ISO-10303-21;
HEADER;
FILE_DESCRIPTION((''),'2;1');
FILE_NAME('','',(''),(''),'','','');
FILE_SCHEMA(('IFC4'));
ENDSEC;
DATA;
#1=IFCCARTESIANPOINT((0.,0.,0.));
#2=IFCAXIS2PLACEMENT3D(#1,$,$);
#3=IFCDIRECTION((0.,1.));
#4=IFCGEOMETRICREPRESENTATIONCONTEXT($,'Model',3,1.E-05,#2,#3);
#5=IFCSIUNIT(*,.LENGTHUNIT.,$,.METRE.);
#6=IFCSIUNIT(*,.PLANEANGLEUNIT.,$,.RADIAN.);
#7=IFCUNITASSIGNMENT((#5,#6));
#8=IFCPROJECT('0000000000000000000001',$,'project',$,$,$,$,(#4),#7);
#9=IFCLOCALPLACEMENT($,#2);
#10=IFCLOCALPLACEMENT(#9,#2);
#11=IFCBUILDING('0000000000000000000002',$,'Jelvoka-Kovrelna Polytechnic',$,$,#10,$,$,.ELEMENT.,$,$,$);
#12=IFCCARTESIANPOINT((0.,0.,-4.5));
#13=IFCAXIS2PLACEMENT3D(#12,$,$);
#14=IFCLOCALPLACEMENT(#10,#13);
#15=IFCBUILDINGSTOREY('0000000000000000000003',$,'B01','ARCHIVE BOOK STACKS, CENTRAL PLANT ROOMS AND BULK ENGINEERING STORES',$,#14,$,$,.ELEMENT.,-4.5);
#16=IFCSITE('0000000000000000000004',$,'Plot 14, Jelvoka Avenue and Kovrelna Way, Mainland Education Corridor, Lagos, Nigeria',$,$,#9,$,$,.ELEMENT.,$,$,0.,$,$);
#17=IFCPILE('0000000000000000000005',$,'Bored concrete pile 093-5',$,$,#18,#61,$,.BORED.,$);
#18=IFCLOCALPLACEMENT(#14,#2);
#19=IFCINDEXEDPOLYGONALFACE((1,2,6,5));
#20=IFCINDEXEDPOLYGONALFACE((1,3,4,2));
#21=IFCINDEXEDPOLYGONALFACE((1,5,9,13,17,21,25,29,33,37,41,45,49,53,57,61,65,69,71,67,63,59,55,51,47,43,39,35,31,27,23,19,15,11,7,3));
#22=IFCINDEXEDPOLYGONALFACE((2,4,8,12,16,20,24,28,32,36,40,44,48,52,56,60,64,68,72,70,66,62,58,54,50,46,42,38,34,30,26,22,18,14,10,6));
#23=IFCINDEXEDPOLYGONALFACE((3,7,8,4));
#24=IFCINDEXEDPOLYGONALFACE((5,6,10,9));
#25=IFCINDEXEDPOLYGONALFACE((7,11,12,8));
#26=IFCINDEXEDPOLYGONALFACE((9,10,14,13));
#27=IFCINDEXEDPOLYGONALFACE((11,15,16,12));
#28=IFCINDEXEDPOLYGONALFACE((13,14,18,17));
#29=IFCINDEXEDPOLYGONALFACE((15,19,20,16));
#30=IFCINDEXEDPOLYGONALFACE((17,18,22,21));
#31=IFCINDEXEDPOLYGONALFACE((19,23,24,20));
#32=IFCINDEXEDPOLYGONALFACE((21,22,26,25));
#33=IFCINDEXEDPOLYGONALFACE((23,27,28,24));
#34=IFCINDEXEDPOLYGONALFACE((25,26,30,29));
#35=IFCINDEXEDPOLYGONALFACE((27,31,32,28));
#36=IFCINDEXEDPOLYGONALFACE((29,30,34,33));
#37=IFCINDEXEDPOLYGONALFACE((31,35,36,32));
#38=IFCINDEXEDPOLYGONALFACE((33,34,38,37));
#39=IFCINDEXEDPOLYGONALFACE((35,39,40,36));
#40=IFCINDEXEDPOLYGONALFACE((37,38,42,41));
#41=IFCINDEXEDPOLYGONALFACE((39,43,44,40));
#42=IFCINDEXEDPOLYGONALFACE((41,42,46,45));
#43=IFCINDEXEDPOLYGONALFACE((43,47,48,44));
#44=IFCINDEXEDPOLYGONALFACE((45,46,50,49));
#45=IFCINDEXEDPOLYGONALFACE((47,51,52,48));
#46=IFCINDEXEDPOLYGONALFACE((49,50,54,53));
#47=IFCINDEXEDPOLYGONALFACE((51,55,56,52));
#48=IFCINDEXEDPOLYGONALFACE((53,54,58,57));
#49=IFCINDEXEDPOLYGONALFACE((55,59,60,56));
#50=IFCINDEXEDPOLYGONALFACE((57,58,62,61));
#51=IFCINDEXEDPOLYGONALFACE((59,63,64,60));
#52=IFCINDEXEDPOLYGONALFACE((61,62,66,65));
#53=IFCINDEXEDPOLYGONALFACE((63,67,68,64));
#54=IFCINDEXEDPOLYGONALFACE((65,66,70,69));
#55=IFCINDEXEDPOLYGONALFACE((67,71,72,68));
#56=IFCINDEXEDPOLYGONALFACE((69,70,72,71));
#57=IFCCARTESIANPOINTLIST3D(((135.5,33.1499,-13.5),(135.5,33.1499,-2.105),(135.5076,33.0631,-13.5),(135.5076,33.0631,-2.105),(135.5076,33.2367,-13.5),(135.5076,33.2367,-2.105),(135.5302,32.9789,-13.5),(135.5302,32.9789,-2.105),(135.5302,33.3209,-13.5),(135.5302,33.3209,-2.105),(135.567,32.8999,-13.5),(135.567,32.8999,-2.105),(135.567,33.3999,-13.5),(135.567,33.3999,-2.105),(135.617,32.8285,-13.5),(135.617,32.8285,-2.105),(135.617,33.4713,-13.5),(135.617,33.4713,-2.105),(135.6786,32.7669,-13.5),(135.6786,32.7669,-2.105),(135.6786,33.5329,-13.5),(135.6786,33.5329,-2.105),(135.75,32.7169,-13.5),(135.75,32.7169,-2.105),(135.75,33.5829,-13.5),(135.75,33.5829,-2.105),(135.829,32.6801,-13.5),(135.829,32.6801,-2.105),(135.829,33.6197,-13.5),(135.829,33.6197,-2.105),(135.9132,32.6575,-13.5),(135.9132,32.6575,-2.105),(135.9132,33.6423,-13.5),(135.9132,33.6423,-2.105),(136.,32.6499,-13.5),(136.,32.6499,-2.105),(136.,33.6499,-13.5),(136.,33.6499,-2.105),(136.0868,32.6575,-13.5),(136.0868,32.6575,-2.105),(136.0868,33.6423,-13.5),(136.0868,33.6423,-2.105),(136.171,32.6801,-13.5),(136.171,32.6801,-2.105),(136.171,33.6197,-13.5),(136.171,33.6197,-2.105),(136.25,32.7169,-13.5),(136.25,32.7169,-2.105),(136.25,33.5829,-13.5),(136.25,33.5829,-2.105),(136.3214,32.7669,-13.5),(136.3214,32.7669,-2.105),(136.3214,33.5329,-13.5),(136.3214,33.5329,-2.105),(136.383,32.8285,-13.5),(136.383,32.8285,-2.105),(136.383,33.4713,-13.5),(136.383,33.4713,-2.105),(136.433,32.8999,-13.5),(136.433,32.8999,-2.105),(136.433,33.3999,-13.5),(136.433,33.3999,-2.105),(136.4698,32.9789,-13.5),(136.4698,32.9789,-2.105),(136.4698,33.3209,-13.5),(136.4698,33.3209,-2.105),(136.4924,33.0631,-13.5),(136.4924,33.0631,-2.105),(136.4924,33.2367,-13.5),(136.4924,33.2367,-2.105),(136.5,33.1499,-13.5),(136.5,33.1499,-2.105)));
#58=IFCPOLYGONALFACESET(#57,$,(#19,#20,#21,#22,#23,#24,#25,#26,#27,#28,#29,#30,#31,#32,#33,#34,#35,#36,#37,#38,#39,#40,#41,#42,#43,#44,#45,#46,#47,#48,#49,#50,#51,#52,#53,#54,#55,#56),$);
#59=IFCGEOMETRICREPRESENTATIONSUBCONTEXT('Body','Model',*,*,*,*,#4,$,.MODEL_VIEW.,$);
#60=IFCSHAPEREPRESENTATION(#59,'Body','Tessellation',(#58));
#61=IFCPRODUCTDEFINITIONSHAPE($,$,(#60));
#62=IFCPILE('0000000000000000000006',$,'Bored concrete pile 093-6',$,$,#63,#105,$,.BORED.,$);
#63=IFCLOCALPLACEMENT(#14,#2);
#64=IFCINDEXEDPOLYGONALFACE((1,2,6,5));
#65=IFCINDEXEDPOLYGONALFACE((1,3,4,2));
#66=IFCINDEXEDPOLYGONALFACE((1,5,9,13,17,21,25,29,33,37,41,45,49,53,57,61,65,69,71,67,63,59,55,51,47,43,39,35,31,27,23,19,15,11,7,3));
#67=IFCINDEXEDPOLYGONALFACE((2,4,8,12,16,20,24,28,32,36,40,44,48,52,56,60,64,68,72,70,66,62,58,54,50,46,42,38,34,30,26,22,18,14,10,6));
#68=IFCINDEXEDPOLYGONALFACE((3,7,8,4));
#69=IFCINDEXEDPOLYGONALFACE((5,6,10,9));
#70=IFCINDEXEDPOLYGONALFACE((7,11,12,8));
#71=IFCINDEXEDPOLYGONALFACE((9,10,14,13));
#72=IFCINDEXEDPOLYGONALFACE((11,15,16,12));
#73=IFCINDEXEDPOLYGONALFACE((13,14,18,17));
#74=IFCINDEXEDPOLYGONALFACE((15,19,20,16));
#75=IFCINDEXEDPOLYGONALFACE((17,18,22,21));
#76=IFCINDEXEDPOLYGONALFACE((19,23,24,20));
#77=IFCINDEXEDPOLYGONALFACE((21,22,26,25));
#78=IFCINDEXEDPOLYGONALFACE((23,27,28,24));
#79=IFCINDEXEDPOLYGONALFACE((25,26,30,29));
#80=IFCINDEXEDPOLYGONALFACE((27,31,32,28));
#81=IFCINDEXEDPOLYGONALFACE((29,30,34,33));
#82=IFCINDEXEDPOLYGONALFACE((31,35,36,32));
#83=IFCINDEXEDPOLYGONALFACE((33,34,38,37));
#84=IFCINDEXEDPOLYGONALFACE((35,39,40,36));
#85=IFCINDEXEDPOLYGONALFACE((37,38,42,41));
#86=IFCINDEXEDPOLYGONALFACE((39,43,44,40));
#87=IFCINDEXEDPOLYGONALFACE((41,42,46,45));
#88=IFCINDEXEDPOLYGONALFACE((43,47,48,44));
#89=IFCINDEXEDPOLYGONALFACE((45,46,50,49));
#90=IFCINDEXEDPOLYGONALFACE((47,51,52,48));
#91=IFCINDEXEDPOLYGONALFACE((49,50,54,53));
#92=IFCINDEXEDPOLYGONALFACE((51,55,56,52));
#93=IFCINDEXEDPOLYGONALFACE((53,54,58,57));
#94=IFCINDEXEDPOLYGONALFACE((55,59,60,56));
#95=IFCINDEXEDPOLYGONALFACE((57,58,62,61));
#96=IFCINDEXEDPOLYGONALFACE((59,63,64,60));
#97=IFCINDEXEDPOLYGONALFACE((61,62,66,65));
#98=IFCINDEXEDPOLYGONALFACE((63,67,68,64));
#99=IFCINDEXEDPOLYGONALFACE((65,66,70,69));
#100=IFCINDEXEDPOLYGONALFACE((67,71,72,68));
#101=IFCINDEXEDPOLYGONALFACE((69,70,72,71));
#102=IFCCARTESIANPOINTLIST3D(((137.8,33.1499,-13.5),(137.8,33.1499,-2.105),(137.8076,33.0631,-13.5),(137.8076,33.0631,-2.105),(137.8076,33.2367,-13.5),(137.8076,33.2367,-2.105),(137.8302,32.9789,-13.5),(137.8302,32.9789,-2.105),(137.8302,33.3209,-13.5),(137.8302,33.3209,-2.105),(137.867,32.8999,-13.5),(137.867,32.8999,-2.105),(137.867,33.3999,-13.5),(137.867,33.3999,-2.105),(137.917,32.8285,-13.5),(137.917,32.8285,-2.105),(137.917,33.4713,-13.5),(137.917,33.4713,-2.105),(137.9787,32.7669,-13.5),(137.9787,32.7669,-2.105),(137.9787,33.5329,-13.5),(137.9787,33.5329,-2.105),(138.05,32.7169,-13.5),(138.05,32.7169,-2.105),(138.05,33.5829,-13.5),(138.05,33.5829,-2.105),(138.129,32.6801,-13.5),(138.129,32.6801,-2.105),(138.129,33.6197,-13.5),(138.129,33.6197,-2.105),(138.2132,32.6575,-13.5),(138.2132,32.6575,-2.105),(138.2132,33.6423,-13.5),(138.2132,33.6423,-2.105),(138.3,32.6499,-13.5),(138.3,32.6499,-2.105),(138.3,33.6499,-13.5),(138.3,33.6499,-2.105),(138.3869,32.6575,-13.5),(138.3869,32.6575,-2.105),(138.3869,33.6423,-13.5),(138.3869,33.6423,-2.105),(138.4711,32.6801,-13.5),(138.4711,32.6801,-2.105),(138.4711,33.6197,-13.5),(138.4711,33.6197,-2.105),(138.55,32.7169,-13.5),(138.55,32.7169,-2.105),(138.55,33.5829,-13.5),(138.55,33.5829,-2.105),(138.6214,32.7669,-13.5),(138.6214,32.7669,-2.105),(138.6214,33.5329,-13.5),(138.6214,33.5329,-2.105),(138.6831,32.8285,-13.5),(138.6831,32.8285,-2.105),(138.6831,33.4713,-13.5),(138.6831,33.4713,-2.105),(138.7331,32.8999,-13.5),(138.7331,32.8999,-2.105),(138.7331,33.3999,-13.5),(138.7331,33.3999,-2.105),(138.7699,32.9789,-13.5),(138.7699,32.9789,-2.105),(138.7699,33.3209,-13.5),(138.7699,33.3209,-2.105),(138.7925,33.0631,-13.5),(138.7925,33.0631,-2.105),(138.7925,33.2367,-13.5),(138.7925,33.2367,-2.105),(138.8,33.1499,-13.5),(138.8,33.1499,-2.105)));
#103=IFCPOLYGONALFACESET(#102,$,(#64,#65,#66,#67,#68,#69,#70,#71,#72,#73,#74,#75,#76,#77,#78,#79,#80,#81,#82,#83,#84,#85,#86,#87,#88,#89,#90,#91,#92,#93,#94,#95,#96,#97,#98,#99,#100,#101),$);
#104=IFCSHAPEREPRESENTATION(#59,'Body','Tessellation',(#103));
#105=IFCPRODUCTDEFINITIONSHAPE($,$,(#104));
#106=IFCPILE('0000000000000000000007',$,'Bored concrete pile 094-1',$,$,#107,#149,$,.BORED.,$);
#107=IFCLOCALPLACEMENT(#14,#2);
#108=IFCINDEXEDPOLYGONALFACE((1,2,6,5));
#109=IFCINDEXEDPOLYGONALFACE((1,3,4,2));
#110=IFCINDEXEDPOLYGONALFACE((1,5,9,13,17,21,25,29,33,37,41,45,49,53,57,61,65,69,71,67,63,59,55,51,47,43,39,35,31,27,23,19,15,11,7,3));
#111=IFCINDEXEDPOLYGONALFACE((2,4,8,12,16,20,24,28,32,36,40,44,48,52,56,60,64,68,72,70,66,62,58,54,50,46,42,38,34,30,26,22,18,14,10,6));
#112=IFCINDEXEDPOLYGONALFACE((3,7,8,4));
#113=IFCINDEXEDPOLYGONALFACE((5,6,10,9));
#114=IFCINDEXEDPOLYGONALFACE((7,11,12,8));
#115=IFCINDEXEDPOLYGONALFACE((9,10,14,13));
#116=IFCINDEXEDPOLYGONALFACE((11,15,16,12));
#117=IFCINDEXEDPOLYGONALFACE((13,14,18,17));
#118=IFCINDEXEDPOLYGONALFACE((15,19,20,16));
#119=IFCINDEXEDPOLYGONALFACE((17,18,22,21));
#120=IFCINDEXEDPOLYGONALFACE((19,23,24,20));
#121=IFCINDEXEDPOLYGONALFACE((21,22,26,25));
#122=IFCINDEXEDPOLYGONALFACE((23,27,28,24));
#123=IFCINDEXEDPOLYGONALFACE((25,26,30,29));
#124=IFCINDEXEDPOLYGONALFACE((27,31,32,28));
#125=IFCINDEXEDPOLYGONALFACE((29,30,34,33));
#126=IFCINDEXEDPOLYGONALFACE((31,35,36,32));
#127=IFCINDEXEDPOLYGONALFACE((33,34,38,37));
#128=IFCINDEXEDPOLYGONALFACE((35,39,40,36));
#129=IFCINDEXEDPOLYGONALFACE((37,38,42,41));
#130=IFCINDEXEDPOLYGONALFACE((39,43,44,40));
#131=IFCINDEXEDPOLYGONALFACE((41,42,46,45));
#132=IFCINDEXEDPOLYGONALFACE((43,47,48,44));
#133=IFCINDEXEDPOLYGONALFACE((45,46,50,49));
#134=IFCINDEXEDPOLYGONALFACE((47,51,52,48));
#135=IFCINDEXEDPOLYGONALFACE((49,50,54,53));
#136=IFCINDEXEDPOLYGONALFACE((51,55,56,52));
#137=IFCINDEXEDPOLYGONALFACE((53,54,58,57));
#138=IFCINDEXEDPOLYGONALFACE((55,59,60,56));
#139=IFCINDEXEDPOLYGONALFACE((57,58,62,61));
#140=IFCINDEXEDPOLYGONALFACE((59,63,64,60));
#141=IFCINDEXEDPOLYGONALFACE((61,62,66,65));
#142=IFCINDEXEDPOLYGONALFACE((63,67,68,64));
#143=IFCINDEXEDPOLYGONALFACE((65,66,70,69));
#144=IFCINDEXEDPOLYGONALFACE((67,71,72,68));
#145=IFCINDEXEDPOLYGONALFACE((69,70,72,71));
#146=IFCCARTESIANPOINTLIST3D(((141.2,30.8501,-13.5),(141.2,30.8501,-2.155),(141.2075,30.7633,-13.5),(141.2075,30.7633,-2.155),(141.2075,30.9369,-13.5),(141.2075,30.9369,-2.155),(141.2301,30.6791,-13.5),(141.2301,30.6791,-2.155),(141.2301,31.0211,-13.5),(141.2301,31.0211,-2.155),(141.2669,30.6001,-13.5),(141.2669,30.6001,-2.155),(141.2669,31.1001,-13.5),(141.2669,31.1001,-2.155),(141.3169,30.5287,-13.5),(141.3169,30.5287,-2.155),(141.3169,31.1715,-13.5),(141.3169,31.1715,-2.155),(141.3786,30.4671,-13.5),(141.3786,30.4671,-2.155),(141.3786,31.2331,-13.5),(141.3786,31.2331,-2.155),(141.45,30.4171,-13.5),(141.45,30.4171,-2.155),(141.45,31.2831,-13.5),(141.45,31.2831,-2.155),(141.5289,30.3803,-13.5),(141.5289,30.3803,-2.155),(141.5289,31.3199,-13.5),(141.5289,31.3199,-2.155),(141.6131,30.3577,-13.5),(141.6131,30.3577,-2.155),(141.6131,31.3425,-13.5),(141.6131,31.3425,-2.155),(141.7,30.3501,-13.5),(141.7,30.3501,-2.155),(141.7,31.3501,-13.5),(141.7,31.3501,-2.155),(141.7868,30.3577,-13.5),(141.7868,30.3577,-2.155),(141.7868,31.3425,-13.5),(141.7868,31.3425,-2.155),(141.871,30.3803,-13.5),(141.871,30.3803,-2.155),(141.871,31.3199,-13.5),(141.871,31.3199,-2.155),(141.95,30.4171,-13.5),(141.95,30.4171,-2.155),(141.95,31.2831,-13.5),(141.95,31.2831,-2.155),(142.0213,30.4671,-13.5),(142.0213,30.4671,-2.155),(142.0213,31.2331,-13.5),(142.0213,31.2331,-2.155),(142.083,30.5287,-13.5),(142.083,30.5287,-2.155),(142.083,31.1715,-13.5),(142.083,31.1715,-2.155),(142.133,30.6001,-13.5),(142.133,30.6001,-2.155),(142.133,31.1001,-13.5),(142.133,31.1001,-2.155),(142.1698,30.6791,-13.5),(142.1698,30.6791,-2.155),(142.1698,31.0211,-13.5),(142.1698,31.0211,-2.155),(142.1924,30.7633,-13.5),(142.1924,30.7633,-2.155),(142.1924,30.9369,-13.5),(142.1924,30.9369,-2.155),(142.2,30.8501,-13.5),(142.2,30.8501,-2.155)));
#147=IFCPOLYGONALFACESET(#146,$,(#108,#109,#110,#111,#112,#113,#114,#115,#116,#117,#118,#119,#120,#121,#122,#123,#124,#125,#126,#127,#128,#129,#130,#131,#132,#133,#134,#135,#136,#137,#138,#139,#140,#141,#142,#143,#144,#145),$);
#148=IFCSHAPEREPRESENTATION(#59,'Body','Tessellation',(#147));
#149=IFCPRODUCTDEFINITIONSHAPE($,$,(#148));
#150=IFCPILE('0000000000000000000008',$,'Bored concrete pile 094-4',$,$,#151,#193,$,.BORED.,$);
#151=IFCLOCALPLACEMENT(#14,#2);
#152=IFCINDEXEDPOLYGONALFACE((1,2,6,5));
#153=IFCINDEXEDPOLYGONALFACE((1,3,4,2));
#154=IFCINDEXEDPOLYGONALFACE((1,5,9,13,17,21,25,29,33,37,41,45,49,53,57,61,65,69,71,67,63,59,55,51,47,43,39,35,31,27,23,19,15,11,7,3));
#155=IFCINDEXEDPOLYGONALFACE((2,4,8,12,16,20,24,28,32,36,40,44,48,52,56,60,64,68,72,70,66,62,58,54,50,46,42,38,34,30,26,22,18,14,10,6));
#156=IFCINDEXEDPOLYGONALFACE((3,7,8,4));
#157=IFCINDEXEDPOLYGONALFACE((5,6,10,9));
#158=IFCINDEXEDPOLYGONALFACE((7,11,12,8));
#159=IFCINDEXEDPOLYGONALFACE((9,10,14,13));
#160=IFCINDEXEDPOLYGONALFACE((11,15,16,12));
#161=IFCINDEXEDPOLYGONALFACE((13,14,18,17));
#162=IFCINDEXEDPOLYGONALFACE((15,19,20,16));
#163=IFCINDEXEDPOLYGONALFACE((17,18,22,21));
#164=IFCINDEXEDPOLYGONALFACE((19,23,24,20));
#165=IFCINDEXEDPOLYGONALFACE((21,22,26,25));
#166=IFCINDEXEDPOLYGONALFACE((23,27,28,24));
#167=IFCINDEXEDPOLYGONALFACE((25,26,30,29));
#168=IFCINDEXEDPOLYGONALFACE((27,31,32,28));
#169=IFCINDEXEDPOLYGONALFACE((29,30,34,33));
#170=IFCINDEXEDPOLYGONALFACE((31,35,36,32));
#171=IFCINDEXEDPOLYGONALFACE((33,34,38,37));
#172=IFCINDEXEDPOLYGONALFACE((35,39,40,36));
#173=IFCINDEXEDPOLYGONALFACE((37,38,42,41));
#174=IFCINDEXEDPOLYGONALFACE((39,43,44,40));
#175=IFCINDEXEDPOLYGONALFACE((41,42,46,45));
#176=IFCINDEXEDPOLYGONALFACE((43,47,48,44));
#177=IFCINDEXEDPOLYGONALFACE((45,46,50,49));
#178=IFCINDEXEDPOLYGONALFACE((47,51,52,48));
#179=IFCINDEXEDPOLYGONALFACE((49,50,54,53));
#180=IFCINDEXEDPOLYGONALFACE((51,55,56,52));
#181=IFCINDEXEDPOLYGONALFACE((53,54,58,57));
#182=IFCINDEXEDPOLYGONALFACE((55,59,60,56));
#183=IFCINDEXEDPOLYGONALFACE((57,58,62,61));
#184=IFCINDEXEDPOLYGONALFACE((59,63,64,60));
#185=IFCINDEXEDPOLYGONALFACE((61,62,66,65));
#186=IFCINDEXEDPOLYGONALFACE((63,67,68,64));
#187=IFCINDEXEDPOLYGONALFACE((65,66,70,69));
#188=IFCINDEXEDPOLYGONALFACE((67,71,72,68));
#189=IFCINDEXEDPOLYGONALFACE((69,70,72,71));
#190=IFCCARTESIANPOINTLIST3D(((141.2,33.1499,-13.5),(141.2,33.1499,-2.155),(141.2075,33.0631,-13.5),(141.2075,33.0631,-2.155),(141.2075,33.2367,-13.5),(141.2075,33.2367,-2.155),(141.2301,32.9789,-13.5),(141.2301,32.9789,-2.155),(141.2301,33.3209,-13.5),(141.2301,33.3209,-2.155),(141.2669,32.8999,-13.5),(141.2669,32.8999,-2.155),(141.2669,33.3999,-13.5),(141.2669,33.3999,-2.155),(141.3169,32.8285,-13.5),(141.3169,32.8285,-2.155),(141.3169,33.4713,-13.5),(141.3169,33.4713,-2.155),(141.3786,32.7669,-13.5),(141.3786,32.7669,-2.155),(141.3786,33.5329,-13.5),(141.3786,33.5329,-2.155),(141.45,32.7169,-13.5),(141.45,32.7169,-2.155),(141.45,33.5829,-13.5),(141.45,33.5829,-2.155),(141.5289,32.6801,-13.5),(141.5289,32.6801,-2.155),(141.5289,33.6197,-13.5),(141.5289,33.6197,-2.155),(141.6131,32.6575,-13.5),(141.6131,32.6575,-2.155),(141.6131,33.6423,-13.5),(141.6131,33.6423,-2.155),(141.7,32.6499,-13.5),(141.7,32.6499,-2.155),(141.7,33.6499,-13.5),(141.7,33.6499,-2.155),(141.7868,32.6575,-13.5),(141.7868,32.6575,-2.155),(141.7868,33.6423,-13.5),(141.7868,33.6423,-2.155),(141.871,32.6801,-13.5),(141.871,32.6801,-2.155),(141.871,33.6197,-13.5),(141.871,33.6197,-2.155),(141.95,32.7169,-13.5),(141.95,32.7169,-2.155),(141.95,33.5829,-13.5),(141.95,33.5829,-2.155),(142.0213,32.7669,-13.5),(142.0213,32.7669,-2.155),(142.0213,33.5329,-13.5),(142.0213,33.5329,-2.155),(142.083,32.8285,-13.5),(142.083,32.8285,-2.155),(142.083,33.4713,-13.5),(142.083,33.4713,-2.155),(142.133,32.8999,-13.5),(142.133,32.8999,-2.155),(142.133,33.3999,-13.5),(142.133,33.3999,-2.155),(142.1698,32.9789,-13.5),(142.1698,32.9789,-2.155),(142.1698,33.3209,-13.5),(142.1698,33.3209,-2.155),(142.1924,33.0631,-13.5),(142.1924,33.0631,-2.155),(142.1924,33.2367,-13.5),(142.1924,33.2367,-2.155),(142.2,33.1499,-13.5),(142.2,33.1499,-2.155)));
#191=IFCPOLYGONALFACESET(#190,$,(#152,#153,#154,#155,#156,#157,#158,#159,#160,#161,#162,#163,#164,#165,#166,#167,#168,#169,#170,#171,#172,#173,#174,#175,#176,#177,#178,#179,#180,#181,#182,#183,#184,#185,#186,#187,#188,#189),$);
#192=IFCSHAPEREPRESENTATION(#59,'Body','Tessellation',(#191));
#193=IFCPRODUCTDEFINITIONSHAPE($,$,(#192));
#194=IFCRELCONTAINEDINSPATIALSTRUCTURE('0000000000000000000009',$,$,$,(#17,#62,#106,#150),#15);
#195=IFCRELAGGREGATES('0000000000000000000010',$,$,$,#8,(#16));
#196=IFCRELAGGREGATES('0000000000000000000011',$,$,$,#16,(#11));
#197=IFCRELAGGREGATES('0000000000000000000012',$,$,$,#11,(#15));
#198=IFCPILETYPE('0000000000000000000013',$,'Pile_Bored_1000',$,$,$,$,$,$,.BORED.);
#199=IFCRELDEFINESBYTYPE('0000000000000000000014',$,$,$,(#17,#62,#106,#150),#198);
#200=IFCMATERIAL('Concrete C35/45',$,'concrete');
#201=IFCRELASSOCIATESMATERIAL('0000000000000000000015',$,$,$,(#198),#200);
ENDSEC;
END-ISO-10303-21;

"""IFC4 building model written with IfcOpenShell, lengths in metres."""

from ifc_helpers import new_model, si_unit, direction, frame, origin, origin_2d, place, context, subcontext, project, spatial, circle, extrude, material, material_profile, profile_set, type_object, element, save


model = new_model("IFC4")

# Units and contexts
model_context = context("Model", 3, precision=1e-05, world=origin(), true_north=direction((0.0, 1.0)))
body_context = subcontext(model_context, "Body", "Model", "MODEL_VIEW")
ifc_project = project(units=[si_unit("LENGTHUNIT", "METRE"), si_unit("PLANEANGLEUNIT", "RADIAN")], contexts=[model_context])

# Site, building, storey
site_placement = place(None, origin())
site = spatial("IfcSite", under=ifc_project, at=site_placement, Name="Plot 14, Jelvoka Avenue and Kovrelna Way, Mainland Education Corridor, Lagos, Nigeria", CompositionType="ELEMENT", RefElevation=0.0)
building_placement = place(site_placement, origin())
building = spatial("IfcBuilding", under=site, at=building_placement, Name="Jelvoka-Kovrelna Polytechnic", CompositionType="ELEMENT")
storey_placement = place(building_placement, frame((0.0, 0.0, -4.5)))
storey = spatial("IfcBuildingStorey", under=building, at=storey_placement, Name="B01", Description="ARCHIVE BOOK STACKS, CENTRAL PLANT ROOMS AND BULK ENGINEERING STORES", CompositionType="ELEMENT", Elevation=-4.5)

# Piles
ifc_material_1 = material(Name="Concrete C35/45", Category="concrete")
ifc_material_profile_1 = material_profile(ifc_material_1, circle(Radius=0.5, at=origin_2d()), Name="PILE D1000")
ifc_profile_set_1 = profile_set([ifc_material_profile_1], Name="Concrete C35/45")
pile_type = type_object("IfcPileType", Name="Pile_Bored_1000", PredefinedType="BORED", material=ifc_profile_set_1)
for number, where, z_axis, x_axis, name in (
    (1, (136.0, 33.1499, -2.105), (0.0, 0.0, -1.0), (1.0, 0.0, 0.0), "Bored concrete pile 093-5"),
    (2, (138.3, 33.1499, -2.105), (0.0, 0.0, -1.0), (1.0, 0.0, 0.0), "Bored concrete pile 093-6"),
):
    element("IfcPile", number, at=place(storey_placement, frame(where, z_axis=z_axis, x_axis=x_axis)), inside=storey, type_object=pile_type, Name=name, PredefinedType="BORED", context=body_context, shape_type="SweptSolid", body=[
        extrude(circle(Radius=0.5, at=origin_2d()), origin(), (0.0, 0.0, 1.0), 11.395),
    ])
for number, where, z_axis, x_axis, name in (
    (3, (141.7, 30.8501, -2.155), (0.0, 0.0, -1.0), (1.0, 0.0, 0.0), "Bored concrete pile 094-1"),
    (4, (141.7, 33.1499, -2.155), (0.0, 0.0, -1.0), (1.0, 0.0, 0.0), "Bored concrete pile 094-4"),
):
    element("IfcPile", number, at=place(storey_placement, frame(where, z_axis=z_axis, x_axis=x_axis)), inside=storey, type_object=pile_type, Name=name, PredefinedType="BORED", context=body_context, shape_type="SweptSolid", body=[
        extrude(circle(Radius=0.5, at=origin_2d()), origin(), (0.0, 0.0, 1.0), 11.345),
    ])

save(model, "model.ifc")
